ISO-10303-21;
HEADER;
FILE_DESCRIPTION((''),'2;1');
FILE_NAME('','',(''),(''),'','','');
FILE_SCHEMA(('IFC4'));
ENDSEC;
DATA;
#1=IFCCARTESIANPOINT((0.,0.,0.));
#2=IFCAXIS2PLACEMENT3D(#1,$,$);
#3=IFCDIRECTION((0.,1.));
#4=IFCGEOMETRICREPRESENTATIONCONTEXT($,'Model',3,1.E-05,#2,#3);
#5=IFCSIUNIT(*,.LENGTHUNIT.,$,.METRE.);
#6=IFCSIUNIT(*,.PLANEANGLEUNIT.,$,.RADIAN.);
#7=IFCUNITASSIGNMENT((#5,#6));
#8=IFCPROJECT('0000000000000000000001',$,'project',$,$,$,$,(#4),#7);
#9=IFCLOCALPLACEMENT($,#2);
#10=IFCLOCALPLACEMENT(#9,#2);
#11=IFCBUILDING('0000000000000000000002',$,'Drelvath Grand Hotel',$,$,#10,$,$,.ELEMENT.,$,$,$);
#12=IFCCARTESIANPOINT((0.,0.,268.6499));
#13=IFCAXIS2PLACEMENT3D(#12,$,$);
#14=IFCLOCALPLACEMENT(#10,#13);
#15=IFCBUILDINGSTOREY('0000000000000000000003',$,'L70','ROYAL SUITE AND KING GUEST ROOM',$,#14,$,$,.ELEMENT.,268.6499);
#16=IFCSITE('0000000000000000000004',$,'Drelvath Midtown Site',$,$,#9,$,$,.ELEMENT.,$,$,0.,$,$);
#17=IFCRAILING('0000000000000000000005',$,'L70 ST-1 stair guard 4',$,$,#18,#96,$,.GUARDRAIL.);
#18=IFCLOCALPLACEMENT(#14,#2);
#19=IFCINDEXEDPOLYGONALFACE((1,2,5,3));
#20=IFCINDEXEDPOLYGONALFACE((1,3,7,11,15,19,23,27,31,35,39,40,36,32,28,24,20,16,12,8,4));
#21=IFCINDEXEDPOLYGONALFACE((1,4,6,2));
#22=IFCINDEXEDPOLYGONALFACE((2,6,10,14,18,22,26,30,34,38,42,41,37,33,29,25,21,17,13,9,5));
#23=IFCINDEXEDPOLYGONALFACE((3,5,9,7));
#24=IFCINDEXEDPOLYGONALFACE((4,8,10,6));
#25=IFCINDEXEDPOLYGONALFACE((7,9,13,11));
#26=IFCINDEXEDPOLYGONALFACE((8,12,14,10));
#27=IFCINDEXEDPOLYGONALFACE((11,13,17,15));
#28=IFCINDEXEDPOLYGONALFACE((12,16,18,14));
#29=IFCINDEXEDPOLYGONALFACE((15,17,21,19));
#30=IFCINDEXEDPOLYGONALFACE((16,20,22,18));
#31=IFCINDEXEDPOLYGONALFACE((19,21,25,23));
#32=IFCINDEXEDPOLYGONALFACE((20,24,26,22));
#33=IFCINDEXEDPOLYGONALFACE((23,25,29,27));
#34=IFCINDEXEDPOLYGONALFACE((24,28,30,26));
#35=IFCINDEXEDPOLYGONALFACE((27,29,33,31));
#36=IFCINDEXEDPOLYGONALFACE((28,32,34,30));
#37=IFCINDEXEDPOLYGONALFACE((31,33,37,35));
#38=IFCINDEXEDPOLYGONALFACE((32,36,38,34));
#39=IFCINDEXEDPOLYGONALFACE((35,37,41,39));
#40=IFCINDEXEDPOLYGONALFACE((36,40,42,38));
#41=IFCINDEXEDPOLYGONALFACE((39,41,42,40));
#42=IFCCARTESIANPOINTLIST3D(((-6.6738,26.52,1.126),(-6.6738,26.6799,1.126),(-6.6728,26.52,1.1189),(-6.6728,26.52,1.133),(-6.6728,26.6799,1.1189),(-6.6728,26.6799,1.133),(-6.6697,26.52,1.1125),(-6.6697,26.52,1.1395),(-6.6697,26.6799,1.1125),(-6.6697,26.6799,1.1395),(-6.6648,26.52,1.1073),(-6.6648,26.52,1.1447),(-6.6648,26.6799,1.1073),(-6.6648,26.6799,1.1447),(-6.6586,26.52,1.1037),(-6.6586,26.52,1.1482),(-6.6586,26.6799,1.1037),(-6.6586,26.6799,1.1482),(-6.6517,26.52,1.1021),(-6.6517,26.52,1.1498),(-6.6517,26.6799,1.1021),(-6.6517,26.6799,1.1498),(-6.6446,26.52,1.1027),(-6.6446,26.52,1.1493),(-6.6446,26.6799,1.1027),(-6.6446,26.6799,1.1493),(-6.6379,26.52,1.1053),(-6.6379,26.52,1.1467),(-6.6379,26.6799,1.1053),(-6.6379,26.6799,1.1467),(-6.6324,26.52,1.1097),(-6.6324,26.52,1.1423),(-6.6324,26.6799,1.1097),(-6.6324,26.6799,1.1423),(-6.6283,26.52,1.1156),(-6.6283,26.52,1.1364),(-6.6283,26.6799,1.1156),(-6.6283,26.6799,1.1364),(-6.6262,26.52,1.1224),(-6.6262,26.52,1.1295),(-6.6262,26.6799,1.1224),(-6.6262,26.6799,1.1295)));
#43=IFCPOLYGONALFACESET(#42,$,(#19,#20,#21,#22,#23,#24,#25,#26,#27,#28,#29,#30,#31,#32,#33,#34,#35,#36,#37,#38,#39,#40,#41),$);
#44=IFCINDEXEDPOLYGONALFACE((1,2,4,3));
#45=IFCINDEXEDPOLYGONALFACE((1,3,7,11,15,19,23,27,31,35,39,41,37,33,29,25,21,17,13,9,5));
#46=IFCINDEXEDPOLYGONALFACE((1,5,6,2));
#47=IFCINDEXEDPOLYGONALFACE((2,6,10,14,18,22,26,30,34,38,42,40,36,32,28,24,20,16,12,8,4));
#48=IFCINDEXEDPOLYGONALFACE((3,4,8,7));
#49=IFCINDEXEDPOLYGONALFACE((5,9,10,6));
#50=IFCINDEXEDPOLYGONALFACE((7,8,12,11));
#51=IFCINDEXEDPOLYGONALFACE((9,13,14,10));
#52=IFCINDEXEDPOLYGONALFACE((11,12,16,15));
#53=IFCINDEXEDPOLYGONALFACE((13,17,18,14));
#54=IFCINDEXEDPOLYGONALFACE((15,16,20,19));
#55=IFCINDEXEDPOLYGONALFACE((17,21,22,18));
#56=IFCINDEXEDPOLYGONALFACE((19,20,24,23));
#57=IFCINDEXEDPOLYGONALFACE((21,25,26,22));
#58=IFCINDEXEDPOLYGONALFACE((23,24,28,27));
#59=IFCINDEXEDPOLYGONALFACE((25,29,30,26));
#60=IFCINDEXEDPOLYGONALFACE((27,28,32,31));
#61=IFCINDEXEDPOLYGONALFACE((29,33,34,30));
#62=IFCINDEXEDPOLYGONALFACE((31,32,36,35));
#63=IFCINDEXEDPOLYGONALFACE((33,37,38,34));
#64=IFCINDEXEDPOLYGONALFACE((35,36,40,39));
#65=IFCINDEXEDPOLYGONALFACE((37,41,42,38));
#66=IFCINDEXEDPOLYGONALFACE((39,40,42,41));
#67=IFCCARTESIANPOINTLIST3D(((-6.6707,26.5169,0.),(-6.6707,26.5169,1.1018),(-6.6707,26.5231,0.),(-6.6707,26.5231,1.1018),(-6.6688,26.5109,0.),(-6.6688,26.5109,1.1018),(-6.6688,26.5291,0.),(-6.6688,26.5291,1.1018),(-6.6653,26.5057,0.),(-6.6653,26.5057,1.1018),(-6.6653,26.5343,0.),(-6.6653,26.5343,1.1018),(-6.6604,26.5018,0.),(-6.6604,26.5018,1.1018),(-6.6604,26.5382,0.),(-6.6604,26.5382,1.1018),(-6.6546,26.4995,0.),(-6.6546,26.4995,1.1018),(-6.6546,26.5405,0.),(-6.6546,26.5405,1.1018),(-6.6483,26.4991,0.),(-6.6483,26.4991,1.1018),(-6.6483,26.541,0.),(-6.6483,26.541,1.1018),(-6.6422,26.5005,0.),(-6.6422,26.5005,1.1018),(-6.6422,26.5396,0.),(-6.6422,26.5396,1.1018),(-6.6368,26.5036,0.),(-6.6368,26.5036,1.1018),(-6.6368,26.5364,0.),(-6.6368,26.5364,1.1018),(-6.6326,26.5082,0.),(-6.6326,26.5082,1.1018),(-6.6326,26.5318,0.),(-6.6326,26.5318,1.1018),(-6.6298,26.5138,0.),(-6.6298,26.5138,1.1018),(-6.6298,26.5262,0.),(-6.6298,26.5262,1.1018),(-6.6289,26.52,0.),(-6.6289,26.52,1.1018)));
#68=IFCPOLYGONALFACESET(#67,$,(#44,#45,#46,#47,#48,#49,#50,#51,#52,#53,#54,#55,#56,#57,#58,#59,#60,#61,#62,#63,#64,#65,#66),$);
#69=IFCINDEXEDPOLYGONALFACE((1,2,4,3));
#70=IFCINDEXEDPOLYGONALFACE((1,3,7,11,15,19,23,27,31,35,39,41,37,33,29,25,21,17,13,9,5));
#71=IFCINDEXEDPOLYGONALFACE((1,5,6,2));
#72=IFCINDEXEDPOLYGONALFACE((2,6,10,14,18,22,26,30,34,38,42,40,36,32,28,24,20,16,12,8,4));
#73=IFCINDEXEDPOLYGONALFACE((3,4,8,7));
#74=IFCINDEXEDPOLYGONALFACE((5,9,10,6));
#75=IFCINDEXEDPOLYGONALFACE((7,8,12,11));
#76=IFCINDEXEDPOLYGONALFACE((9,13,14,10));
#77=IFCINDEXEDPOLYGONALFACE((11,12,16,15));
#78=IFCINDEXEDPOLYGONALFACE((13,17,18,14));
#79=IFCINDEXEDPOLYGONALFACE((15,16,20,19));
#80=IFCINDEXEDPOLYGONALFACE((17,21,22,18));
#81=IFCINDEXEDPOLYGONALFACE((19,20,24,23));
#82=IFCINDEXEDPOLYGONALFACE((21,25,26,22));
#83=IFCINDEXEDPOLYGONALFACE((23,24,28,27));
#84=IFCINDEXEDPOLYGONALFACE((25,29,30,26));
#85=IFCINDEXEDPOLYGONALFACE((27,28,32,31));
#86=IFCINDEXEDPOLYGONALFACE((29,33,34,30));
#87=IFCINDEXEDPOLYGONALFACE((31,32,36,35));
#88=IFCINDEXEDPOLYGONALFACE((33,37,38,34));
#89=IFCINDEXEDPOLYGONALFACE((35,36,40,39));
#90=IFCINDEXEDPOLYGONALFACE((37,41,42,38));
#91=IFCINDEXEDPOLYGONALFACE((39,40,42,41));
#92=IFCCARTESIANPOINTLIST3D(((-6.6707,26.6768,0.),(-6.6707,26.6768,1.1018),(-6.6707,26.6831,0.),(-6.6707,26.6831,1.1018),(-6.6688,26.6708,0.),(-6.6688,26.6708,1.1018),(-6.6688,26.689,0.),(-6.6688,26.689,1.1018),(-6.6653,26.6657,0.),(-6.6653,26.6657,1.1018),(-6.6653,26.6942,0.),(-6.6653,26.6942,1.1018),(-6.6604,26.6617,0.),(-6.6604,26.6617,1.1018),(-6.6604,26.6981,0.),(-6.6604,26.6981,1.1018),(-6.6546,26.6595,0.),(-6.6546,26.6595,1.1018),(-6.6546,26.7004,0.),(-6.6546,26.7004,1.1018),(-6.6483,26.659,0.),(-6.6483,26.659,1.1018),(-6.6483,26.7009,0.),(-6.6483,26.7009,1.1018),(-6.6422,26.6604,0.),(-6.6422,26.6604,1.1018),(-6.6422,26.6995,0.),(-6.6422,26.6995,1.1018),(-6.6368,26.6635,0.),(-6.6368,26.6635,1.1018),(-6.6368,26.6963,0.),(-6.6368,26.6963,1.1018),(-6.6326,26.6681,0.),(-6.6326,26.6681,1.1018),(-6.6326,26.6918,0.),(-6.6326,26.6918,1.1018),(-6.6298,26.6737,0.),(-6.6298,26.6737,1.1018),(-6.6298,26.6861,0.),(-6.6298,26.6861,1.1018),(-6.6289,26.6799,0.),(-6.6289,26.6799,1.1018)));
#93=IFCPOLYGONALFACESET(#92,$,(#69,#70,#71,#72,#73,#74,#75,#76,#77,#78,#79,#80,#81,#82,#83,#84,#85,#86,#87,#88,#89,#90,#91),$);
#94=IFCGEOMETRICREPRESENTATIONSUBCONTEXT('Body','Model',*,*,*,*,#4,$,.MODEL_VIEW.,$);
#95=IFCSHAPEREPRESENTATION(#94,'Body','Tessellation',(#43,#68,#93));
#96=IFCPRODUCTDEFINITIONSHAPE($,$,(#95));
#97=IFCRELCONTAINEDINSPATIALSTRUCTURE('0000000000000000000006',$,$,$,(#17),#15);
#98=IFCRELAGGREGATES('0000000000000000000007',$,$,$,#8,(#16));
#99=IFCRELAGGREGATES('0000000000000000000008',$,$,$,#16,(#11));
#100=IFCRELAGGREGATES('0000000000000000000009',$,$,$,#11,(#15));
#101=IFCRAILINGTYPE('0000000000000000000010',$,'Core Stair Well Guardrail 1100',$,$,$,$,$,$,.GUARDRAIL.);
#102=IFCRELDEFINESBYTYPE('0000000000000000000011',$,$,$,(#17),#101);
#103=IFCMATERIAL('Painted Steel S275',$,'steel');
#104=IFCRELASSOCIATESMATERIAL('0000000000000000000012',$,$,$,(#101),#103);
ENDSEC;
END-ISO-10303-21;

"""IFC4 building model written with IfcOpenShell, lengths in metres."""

from ifc_helpers import new_model, si_unit, direction, frame, origin, origin_2d, place, context, subcontext, project, spatial, circle, extrude, material, type_object, element, save


model = new_model("IFC4")

# Units and contexts
model_context = context("Model", 3, precision=1e-05, world=origin(), true_north=direction((0.0, 1.0)))
body_context = subcontext(model_context, "Body", "Model", "MODEL_VIEW")
ifc_project = project(units=[si_unit("LENGTHUNIT", "METRE"), si_unit("PLANEANGLEUNIT", "RADIAN")], contexts=[model_context])

# Site, building, storey
site_placement = place(None, origin())
site = spatial("IfcSite", under=ifc_project, at=site_placement, Name="Drelvath Midtown Site", CompositionType="ELEMENT", RefElevation=0.0)
building_placement = place(site_placement, origin())
building = spatial("IfcBuilding", under=site, at=building_placement, Name="Drelvath Grand Hotel", CompositionType="ELEMENT")
storey_placement = place(building_placement, frame((0.0, 0.0, 268.6499)))
storey = spatial("IfcBuildingStorey", under=building, at=storey_placement, Name="L70", Description="ROYAL SUITE AND KING GUEST ROOM", CompositionType="ELEMENT", Elevation=268.6499)

# Shared definitions
ifc_material_1 = material(Name="Painted Steel S275", Category="steel")

# Railing
railing_type_1 = type_object("IfcRailingType", Name="Core Stair Well Guardrail 1100", PredefinedType="GUARDRAIL", material=ifc_material_1)
railing_1_placement = place(storey_placement, frame((-6.6499, 26.52, 0.0)))
element("IfcRailing", 1, at=railing_1_placement, inside=storey, type_object=railing_type_1, Name="L70 ST-1 stair guard 4", PredefinedType="GUARDRAIL", context=body_context, shape_type="SweptSolid", body=[
    extrude(circle(Radius=0.0239, at=origin_2d()), frame((0.0, 0.0, 1.126), z_axis=(0.0, 1.0, 0.0), x_axis=(-1.0, 0.0, 0.0)), (0.0, 0.0, 1.0), 0.1599),
    extrude(circle(Radius=0.021, at=origin_2d()), origin(), (0.0, 0.0, 1.0), 1.1018),
    extrude(circle(Radius=0.021, at=origin_2d()), frame((0.0, 0.1599, 0.0)), (0.0, 0.0, 1.0), 1.1018),
])

save(model, "model.ifc")
